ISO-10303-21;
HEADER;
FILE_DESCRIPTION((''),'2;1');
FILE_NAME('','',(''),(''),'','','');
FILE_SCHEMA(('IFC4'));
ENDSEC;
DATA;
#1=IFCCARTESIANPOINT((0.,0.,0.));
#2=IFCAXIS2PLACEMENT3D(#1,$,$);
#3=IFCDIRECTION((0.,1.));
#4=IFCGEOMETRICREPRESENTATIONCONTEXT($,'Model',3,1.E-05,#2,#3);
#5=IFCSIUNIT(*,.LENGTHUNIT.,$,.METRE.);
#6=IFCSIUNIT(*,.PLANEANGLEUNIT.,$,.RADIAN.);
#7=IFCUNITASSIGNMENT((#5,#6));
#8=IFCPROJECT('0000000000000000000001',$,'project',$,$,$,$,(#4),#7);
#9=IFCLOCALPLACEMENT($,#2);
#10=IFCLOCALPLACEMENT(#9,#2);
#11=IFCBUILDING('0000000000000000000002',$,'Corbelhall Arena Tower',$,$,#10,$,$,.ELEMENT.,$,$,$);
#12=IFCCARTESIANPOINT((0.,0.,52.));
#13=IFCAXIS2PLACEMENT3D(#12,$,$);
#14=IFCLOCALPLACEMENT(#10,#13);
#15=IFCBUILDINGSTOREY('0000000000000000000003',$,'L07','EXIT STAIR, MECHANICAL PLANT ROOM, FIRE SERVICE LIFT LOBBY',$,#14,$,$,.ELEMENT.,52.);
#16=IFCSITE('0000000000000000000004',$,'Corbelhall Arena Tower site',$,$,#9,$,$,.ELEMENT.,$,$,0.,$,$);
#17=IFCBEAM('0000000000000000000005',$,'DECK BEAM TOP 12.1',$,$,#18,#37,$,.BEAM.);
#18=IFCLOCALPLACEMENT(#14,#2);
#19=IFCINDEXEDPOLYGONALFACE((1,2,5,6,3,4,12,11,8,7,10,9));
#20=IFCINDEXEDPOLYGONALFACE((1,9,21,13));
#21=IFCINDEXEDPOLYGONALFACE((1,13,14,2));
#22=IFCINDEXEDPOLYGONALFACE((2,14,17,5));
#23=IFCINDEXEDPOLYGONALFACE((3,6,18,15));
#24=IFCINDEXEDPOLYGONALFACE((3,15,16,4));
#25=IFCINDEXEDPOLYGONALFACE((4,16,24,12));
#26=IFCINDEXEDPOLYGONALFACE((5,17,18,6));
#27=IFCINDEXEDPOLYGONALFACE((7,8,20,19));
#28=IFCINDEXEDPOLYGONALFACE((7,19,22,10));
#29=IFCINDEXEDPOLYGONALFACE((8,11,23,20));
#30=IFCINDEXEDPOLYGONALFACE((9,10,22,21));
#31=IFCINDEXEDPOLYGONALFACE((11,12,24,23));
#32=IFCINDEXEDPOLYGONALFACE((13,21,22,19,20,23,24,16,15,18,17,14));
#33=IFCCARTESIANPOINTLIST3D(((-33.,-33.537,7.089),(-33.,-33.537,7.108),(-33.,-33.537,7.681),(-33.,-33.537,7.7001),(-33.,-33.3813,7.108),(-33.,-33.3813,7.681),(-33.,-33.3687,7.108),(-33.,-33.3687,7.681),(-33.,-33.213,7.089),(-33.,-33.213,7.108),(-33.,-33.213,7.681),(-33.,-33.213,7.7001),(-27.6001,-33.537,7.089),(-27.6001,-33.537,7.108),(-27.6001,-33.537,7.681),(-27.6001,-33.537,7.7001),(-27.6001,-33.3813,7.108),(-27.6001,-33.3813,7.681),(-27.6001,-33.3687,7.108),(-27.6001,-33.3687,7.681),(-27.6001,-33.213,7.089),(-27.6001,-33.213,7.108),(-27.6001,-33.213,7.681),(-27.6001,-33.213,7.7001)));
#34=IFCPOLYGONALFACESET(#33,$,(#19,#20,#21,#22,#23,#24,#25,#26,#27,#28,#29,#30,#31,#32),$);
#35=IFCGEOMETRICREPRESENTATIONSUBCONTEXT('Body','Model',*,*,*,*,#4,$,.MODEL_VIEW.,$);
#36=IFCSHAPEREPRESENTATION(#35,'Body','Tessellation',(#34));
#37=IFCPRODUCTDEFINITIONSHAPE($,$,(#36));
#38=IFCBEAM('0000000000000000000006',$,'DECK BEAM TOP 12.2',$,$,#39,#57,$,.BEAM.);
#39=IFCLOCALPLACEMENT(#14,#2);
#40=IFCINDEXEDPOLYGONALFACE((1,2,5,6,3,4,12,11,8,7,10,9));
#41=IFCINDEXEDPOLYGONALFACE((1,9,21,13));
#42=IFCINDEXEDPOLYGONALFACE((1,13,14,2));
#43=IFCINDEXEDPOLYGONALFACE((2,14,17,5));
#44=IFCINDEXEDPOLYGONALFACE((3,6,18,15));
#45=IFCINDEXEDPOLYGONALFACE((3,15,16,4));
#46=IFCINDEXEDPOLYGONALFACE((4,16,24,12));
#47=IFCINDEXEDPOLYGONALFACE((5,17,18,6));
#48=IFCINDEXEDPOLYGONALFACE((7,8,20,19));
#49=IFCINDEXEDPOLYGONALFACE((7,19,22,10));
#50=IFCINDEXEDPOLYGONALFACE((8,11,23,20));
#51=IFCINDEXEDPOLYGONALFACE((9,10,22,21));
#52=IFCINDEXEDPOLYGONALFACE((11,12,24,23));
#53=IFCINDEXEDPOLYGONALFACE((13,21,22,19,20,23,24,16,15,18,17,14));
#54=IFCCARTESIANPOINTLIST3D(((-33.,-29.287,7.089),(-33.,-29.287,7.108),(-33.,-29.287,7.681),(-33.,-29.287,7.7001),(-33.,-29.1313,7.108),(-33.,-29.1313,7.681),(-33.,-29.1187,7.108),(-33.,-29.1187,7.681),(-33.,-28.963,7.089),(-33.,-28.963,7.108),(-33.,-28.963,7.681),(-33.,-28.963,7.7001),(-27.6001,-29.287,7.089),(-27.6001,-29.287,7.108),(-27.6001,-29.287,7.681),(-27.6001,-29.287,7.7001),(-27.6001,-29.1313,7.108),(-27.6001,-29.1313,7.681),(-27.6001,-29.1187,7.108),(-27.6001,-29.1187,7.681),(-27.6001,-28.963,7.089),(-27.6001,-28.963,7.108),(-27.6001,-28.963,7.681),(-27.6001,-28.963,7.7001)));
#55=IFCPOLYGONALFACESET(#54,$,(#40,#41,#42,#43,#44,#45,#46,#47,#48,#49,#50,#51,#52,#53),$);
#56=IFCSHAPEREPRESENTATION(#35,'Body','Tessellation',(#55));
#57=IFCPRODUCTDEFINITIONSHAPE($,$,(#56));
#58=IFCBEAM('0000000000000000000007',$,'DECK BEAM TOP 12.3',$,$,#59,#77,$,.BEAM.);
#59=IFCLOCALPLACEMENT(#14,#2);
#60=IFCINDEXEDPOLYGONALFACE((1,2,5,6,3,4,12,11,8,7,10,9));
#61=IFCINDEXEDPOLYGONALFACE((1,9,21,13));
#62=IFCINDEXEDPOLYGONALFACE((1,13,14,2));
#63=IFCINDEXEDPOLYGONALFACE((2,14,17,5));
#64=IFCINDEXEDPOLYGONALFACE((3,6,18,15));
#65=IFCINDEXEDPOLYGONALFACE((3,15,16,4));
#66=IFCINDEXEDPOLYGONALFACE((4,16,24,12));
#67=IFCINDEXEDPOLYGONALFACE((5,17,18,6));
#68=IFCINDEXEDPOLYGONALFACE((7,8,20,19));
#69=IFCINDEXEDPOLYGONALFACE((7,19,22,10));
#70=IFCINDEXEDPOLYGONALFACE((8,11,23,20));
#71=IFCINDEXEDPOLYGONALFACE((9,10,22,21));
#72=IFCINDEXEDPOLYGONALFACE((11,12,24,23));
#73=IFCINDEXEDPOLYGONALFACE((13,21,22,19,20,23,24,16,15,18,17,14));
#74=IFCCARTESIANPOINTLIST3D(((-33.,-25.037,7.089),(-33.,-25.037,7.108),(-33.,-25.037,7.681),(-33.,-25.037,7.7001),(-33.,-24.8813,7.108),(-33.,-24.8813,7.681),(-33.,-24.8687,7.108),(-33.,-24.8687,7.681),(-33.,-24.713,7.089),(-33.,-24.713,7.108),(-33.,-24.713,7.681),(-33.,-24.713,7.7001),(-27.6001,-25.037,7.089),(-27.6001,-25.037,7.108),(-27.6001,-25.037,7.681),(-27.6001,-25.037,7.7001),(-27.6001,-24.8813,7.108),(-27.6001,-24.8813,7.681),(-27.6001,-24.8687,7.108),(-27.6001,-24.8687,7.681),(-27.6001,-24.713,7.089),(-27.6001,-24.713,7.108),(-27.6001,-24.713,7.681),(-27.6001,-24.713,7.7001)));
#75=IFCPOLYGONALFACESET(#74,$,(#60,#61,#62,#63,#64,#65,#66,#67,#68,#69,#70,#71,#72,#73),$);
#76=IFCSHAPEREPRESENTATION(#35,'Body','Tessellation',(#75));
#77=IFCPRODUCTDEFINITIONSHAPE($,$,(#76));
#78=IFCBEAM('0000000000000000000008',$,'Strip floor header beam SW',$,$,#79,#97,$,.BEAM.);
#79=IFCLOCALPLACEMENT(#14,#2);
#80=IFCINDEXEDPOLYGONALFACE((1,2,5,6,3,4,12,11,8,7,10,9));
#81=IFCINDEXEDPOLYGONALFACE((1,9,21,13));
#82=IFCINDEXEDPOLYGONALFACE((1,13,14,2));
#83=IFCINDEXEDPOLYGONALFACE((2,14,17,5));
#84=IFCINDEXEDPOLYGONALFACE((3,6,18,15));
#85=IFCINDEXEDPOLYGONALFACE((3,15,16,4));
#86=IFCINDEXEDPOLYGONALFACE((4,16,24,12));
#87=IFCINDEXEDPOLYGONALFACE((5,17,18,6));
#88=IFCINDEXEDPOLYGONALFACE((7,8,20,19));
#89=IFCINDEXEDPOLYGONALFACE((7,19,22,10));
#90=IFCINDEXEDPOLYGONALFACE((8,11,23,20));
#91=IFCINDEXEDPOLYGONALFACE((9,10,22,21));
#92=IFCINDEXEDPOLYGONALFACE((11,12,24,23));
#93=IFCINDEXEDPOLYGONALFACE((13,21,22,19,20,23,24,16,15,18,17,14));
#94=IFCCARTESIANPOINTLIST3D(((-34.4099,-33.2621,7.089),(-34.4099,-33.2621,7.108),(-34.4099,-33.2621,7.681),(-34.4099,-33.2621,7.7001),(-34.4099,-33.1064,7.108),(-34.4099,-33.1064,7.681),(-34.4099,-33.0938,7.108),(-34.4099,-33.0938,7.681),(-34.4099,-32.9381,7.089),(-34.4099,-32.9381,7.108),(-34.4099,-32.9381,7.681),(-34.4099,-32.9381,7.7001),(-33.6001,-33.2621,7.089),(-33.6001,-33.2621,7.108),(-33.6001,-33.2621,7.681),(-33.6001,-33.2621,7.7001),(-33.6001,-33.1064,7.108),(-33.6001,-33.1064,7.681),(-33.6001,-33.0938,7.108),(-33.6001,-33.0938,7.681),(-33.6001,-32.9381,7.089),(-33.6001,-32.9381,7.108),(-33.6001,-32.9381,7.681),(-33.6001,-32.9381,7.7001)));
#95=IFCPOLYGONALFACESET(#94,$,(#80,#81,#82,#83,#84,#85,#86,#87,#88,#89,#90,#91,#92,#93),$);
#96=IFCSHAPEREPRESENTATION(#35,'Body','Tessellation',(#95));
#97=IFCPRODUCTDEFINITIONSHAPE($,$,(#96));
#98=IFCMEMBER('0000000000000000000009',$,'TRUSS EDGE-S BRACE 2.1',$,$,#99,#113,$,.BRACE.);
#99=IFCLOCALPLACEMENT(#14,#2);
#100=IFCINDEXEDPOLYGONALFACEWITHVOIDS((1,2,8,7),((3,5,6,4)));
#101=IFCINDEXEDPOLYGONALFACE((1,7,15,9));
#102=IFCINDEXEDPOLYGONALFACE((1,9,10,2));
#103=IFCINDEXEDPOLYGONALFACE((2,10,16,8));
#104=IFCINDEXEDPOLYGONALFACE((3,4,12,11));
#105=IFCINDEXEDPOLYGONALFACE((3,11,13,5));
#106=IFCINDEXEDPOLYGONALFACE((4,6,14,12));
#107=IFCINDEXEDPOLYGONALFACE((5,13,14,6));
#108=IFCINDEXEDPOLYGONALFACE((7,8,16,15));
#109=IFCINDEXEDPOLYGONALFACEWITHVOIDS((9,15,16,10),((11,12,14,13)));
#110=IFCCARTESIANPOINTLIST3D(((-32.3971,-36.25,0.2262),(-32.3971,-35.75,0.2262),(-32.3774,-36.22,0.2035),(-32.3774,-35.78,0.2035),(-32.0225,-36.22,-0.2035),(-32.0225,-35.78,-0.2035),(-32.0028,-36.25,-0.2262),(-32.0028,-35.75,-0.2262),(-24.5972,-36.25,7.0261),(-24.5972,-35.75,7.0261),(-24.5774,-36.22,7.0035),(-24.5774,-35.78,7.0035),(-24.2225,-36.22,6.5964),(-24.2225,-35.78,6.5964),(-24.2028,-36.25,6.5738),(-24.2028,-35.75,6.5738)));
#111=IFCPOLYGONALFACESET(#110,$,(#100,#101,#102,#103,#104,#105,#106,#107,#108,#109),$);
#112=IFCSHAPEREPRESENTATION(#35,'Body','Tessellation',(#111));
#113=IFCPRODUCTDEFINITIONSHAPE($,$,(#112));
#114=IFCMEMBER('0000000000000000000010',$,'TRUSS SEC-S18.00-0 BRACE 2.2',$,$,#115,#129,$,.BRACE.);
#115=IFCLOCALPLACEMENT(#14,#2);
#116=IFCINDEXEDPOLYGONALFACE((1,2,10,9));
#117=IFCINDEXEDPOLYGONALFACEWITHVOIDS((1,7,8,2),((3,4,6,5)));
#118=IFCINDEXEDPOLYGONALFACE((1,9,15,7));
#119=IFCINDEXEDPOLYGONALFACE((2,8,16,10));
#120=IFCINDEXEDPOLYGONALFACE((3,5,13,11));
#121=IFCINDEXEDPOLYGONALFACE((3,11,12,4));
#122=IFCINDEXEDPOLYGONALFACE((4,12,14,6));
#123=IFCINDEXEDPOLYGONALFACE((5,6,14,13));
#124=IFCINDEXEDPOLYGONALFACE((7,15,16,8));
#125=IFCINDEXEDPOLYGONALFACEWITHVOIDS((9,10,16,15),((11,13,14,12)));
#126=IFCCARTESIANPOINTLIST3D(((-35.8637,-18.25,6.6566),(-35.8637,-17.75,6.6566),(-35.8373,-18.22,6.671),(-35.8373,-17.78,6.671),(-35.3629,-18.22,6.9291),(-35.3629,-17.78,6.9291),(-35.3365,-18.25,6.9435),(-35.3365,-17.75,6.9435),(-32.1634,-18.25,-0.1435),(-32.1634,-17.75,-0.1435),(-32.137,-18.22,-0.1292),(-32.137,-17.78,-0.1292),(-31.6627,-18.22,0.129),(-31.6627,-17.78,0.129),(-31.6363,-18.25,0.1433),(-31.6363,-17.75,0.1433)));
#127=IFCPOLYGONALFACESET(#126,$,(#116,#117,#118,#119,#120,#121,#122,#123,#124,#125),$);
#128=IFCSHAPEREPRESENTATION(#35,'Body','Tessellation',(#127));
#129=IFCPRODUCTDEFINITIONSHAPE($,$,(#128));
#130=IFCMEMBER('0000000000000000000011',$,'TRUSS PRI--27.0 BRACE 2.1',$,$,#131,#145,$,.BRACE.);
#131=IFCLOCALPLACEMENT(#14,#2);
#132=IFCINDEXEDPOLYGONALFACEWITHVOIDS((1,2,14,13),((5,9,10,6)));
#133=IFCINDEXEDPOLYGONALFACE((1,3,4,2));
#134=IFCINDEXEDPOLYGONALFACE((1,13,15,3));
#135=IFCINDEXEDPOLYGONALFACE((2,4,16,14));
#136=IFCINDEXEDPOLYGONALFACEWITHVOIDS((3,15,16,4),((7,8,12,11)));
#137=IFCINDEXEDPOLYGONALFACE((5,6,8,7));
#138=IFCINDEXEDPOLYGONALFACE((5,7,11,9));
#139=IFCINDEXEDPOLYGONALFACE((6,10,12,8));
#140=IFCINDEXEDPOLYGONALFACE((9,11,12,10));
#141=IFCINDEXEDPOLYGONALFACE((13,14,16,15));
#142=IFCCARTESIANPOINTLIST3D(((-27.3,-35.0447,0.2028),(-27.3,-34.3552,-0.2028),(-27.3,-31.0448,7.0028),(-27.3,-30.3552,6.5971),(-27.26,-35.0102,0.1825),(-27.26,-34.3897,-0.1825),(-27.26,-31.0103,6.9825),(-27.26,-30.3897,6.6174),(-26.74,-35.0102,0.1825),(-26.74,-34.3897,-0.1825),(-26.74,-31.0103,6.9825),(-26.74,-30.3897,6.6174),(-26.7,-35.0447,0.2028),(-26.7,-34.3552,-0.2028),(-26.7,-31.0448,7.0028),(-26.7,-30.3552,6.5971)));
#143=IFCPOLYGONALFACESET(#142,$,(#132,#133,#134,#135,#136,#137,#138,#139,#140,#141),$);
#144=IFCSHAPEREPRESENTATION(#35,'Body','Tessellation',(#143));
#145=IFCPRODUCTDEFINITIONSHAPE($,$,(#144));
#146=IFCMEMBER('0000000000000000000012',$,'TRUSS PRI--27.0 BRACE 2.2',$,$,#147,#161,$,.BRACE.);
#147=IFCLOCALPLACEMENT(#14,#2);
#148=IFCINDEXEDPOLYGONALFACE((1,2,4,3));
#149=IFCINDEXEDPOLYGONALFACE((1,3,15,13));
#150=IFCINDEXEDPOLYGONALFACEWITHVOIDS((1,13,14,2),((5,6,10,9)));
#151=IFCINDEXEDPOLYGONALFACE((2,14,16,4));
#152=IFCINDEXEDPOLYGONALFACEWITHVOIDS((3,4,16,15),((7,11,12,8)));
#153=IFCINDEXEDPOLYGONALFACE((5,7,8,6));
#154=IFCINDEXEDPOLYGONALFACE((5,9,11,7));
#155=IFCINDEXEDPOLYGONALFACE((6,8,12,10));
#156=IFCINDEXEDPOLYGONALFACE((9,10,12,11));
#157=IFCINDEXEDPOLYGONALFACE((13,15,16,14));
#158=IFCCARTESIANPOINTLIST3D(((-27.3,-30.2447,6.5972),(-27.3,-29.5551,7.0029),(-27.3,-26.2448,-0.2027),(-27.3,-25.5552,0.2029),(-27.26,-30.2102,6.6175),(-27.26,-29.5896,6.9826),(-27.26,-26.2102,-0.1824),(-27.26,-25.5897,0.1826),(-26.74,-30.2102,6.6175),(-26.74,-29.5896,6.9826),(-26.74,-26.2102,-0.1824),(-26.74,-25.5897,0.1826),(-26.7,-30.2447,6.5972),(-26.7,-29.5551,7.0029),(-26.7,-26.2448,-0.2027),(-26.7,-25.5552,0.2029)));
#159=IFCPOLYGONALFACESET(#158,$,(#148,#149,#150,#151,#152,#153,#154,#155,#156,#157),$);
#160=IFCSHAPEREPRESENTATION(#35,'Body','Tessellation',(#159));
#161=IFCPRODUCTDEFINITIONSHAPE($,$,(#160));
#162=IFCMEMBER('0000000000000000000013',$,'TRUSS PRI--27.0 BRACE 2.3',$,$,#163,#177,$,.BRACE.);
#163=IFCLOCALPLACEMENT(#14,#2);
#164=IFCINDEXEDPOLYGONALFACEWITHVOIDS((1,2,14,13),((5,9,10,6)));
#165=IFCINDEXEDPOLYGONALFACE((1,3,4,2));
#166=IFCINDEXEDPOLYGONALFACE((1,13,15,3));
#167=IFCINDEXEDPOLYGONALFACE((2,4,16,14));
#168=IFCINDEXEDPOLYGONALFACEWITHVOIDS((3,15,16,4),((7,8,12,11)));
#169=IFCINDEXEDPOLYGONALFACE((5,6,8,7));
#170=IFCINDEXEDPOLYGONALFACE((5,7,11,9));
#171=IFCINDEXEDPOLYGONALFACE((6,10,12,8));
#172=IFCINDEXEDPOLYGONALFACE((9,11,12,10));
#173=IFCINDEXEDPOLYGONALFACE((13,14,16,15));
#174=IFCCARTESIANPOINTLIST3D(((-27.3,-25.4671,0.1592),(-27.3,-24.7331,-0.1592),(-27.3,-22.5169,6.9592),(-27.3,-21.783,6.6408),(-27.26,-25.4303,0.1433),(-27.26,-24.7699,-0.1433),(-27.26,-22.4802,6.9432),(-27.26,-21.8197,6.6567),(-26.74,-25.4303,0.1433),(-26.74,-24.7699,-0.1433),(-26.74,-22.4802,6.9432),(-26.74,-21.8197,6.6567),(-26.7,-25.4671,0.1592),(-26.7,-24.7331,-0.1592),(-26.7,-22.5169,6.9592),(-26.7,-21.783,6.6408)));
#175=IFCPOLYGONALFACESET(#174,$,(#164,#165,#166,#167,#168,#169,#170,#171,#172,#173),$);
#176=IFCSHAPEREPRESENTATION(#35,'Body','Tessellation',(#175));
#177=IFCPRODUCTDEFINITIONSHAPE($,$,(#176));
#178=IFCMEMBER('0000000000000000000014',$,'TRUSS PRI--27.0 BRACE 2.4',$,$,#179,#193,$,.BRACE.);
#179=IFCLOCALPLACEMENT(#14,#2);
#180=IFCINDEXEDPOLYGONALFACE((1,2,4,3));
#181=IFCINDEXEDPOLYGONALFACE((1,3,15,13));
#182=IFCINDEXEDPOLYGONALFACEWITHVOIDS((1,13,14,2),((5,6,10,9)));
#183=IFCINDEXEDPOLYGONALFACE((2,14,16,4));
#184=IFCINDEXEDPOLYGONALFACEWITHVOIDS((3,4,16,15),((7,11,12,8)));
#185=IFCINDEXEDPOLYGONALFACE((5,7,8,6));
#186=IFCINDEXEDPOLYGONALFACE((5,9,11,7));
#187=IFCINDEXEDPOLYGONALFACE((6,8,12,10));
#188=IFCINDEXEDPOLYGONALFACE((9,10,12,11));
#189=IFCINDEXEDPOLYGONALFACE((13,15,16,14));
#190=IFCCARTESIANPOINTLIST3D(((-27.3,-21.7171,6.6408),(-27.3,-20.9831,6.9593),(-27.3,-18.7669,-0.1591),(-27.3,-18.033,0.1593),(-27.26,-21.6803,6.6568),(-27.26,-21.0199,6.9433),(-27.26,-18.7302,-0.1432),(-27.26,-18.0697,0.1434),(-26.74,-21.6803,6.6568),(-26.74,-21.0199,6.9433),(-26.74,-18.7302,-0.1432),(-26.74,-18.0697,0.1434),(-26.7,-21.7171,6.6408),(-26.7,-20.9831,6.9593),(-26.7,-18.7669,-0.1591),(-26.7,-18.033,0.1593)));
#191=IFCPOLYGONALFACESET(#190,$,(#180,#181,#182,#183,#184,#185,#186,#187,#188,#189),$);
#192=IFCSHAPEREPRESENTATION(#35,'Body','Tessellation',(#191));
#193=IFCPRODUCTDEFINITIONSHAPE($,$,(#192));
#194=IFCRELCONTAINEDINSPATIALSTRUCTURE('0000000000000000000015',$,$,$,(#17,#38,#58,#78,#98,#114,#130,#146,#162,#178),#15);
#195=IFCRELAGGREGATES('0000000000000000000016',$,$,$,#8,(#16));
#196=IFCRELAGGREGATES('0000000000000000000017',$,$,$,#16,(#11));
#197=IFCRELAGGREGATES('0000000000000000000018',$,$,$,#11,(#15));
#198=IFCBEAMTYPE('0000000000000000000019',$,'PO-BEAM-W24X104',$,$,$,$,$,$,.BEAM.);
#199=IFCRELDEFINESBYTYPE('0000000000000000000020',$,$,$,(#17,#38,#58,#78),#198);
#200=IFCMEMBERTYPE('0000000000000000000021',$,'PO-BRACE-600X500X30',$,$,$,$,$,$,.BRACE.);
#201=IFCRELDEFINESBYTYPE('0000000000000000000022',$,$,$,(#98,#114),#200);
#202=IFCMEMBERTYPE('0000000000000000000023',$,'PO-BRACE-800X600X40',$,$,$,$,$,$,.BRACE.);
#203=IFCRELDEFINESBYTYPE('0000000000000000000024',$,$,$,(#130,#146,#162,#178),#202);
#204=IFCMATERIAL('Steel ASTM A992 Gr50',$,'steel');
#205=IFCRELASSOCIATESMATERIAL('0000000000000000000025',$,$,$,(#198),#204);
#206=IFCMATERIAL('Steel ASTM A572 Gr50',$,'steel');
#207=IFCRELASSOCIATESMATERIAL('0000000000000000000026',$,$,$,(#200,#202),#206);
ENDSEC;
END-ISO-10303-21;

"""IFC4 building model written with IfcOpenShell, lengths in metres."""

from ifc_helpers import new_model, si_unit, direction, frame, origin, origin_2d, place, context, subcontext, project, spatial, hollow_rectangle, i_section, extrude, material, material_profile, profile_set, type_object, element, save


model = new_model("IFC4")

# Units and contexts
model_context = context("Model", 3, precision=1e-05, world=origin(), true_north=direction((0.0, 1.0)))
body_context = subcontext(model_context, "Body", "Model", "MODEL_VIEW")
ifc_project = project(units=[si_unit("LENGTHUNIT", "METRE"), si_unit("PLANEANGLEUNIT", "RADIAN")], contexts=[model_context])

# Site, building, storey
site_placement = place(None, origin())
site = spatial("IfcSite", under=ifc_project, at=site_placement, Name="Corbelhall Arena Tower site", CompositionType="ELEMENT", RefElevation=0.0)
building_placement = place(site_placement, origin())
building = spatial("IfcBuilding", under=site, at=building_placement, Name="Corbelhall Arena Tower", CompositionType="ELEMENT")
storey_placement = place(building_placement, frame((0.0, 0.0, 52.0)))
storey = spatial("IfcBuildingStorey", under=building, at=storey_placement, Name="L07", Description="EXIT STAIR, MECHANICAL PLANT ROOM, FIRE SERVICE LIFT LOBBY", CompositionType="ELEMENT", Elevation=52.0)

# Beams
ifc_material_1 = material(Name="Steel ASTM A992 Gr50", Category="steel")
ifc_material_profile_1 = material_profile(ifc_material_1, i_section(OverallWidth=0.324, OverallDepth=0.6111, WebThickness=0.0127, FlangeThickness=0.019, at=origin_2d()))
ifc_profile_set_1 = profile_set([ifc_material_profile_1], Name="Steel ASTM A992 Gr50")
beam_type = type_object("IfcBeamType", Name="PO-BEAM-W24X104", PredefinedType="BEAM", material=ifc_profile_set_1)
for number, where, z_axis, x_axis, name in (
    (1, (-33.0, -33.375, 7.3945), (1.0, 0.0, 0.0), (0.0, 1.0, 0.0), "DECK BEAM TOP 12.1"),
    (2, (-33.0, -29.125, 7.3945), (1.0, 0.0, 0.0), (0.0, 1.0, 0.0), "DECK BEAM TOP 12.2"),
    (3, (-33.0, -24.875, 7.3945), (1.0, 0.0, 0.0), (0.0, 1.0, 0.0), "DECK BEAM TOP 12.3"),
):
    element("IfcBeam", number, at=place(storey_placement, frame(where, z_axis=z_axis, x_axis=x_axis)), inside=storey, type_object=beam_type, Name=name, PredefinedType="BEAM", context=body_context, shape_type="SweptSolid", body=[
        extrude(i_section(OverallWidth=0.324, OverallDepth=0.6111, WebThickness=0.0127, FlangeThickness=0.019, at=origin_2d()), origin(), (0.0, 0.0, 1.0), 5.3999),
    ])
beam_placement = place(storey_placement, frame((-34.4099, -33.1001, 7.3945), z_axis=(1.0, 0.0, 0.0), x_axis=(0.0, 1.0, 0.0)))
element("IfcBeam", 4, at=beam_placement, inside=storey, type_object=beam_type, Name="Strip floor header beam SW", PredefinedType="BEAM", context=body_context, shape_type="SweptSolid", body=[
    extrude(i_section(OverallWidth=0.324, OverallDepth=0.6111, WebThickness=0.0127, FlangeThickness=0.019, at=origin_2d()), origin(), (0.0, 0.0, 1.0), 0.8098),
])

# Members
ifc_material_2 = material(Name="Steel ASTM A572 Gr50", Category="steel")
ifc_material_profile_2 = material_profile(ifc_material_2, hollow_rectangle(XDim=0.5, YDim=0.6001, WallThickness=0.03, at=origin_2d()))
ifc_profile_set_2 = profile_set([ifc_material_profile_2], Name="Steel ASTM A572 Gr50")
member_type_1 = type_object("IfcMemberType", Name="PO-BRACE-600X500X30", PredefinedType="BRACE", material=ifc_profile_set_2)
member_1_placement = place(storey_placement, frame((-32.2, -36.0, 0.0), z_axis=(0.753772, 0.0, 0.657136), x_axis=(0.0, 1.0, 0.0)))
element("IfcMember", 5, at=member_1_placement, inside=storey, type_object=member_type_1, Name="TRUSS EDGE-S BRACE 2.1", PredefinedType="BRACE", context=body_context, shape_type="SweptSolid", body=[
    extrude(hollow_rectangle(XDim=0.5, YDim=0.6001, WallThickness=0.03, at=origin_2d()), origin(), (0.0, 0.0, 1.0), 10.3479),
])
member_2_placement = place(storey_placement, frame((-35.6001, -18.0, 6.8), z_axis=(0.477964, 0.0, -0.87838), x_axis=(0.0, 1.0, 0.0)))
element("IfcMember", 6, at=member_2_placement, inside=storey, type_object=member_type_1, Name="TRUSS SEC-S18.00-0 BRACE 2.2", PredefinedType="BRACE", context=body_context, shape_type="SweptSolid", body=[
    extrude(hollow_rectangle(XDim=0.5, YDim=0.6001, WallThickness=0.03, at=origin_2d()), origin(), (0.0, 0.0, 1.0), 7.7417),
])
ifc_material_profile_3 = material_profile(ifc_material_2, hollow_rectangle(XDim=0.6001, YDim=0.8, WallThickness=0.04, at=origin_2d()))
ifc_profile_set_3 = profile_set([ifc_material_profile_3], Name="Steel ASTM A572 Gr50")
member_type_2 = type_object("IfcMemberType", Name="PO-BRACE-800X600X40", PredefinedType="BRACE", material=ifc_profile_set_3)
for number, where, z_axis, x_axis, name in (
    (7, (-27.0, -34.7, 0.0), (0.0, 0.507017, 0.861936), (-1.0, 0.0, 0.0), "TRUSS PRI--27.0 BRACE 2.1"),
    (8, (-27.0, -29.8999, 6.8), (0.0, 0.507017, -0.861936), (-1.0, 0.0, 0.0), "TRUSS PRI--27.0 BRACE 2.2"),
):
    element("IfcMember", number, at=place(storey_placement, frame(where, z_axis=z_axis, x_axis=x_axis)), inside=storey, type_object=member_type_2, Name=name, PredefinedType="BRACE", context=body_context, shape_type="SweptSolid", body=[
        extrude(hollow_rectangle(XDim=0.6001, YDim=0.8, WallThickness=0.04, at=origin_2d()), origin(), (0.0, 0.0, 1.0), 7.8892),
    ])
for number, where, z_axis, x_axis, name in (
    (9, (-27.0, -25.1001, 0.0), (0.0, 0.398006, 0.917383), (-1.0, 0.0, 0.0), "TRUSS PRI--27.0 BRACE 2.3"),
    (10, (-27.0, -21.3501, 6.8), (0.0, 0.398006, -0.917383), (-1.0, 0.0, 0.0), "TRUSS PRI--27.0 BRACE 2.4"),
):
    element("IfcMember", number, at=place(storey_placement, frame(where, z_axis=z_axis, x_axis=x_axis)), inside=storey, type_object=member_type_2, Name=name, PredefinedType="BRACE", context=body_context, shape_type="SweptSolid", body=[
        extrude(hollow_rectangle(XDim=0.6001, YDim=0.8, WallThickness=0.04, at=origin_2d()), origin(), (0.0, 0.0, 1.0), 7.4124),
    ])

save(model, "model.ifc")
